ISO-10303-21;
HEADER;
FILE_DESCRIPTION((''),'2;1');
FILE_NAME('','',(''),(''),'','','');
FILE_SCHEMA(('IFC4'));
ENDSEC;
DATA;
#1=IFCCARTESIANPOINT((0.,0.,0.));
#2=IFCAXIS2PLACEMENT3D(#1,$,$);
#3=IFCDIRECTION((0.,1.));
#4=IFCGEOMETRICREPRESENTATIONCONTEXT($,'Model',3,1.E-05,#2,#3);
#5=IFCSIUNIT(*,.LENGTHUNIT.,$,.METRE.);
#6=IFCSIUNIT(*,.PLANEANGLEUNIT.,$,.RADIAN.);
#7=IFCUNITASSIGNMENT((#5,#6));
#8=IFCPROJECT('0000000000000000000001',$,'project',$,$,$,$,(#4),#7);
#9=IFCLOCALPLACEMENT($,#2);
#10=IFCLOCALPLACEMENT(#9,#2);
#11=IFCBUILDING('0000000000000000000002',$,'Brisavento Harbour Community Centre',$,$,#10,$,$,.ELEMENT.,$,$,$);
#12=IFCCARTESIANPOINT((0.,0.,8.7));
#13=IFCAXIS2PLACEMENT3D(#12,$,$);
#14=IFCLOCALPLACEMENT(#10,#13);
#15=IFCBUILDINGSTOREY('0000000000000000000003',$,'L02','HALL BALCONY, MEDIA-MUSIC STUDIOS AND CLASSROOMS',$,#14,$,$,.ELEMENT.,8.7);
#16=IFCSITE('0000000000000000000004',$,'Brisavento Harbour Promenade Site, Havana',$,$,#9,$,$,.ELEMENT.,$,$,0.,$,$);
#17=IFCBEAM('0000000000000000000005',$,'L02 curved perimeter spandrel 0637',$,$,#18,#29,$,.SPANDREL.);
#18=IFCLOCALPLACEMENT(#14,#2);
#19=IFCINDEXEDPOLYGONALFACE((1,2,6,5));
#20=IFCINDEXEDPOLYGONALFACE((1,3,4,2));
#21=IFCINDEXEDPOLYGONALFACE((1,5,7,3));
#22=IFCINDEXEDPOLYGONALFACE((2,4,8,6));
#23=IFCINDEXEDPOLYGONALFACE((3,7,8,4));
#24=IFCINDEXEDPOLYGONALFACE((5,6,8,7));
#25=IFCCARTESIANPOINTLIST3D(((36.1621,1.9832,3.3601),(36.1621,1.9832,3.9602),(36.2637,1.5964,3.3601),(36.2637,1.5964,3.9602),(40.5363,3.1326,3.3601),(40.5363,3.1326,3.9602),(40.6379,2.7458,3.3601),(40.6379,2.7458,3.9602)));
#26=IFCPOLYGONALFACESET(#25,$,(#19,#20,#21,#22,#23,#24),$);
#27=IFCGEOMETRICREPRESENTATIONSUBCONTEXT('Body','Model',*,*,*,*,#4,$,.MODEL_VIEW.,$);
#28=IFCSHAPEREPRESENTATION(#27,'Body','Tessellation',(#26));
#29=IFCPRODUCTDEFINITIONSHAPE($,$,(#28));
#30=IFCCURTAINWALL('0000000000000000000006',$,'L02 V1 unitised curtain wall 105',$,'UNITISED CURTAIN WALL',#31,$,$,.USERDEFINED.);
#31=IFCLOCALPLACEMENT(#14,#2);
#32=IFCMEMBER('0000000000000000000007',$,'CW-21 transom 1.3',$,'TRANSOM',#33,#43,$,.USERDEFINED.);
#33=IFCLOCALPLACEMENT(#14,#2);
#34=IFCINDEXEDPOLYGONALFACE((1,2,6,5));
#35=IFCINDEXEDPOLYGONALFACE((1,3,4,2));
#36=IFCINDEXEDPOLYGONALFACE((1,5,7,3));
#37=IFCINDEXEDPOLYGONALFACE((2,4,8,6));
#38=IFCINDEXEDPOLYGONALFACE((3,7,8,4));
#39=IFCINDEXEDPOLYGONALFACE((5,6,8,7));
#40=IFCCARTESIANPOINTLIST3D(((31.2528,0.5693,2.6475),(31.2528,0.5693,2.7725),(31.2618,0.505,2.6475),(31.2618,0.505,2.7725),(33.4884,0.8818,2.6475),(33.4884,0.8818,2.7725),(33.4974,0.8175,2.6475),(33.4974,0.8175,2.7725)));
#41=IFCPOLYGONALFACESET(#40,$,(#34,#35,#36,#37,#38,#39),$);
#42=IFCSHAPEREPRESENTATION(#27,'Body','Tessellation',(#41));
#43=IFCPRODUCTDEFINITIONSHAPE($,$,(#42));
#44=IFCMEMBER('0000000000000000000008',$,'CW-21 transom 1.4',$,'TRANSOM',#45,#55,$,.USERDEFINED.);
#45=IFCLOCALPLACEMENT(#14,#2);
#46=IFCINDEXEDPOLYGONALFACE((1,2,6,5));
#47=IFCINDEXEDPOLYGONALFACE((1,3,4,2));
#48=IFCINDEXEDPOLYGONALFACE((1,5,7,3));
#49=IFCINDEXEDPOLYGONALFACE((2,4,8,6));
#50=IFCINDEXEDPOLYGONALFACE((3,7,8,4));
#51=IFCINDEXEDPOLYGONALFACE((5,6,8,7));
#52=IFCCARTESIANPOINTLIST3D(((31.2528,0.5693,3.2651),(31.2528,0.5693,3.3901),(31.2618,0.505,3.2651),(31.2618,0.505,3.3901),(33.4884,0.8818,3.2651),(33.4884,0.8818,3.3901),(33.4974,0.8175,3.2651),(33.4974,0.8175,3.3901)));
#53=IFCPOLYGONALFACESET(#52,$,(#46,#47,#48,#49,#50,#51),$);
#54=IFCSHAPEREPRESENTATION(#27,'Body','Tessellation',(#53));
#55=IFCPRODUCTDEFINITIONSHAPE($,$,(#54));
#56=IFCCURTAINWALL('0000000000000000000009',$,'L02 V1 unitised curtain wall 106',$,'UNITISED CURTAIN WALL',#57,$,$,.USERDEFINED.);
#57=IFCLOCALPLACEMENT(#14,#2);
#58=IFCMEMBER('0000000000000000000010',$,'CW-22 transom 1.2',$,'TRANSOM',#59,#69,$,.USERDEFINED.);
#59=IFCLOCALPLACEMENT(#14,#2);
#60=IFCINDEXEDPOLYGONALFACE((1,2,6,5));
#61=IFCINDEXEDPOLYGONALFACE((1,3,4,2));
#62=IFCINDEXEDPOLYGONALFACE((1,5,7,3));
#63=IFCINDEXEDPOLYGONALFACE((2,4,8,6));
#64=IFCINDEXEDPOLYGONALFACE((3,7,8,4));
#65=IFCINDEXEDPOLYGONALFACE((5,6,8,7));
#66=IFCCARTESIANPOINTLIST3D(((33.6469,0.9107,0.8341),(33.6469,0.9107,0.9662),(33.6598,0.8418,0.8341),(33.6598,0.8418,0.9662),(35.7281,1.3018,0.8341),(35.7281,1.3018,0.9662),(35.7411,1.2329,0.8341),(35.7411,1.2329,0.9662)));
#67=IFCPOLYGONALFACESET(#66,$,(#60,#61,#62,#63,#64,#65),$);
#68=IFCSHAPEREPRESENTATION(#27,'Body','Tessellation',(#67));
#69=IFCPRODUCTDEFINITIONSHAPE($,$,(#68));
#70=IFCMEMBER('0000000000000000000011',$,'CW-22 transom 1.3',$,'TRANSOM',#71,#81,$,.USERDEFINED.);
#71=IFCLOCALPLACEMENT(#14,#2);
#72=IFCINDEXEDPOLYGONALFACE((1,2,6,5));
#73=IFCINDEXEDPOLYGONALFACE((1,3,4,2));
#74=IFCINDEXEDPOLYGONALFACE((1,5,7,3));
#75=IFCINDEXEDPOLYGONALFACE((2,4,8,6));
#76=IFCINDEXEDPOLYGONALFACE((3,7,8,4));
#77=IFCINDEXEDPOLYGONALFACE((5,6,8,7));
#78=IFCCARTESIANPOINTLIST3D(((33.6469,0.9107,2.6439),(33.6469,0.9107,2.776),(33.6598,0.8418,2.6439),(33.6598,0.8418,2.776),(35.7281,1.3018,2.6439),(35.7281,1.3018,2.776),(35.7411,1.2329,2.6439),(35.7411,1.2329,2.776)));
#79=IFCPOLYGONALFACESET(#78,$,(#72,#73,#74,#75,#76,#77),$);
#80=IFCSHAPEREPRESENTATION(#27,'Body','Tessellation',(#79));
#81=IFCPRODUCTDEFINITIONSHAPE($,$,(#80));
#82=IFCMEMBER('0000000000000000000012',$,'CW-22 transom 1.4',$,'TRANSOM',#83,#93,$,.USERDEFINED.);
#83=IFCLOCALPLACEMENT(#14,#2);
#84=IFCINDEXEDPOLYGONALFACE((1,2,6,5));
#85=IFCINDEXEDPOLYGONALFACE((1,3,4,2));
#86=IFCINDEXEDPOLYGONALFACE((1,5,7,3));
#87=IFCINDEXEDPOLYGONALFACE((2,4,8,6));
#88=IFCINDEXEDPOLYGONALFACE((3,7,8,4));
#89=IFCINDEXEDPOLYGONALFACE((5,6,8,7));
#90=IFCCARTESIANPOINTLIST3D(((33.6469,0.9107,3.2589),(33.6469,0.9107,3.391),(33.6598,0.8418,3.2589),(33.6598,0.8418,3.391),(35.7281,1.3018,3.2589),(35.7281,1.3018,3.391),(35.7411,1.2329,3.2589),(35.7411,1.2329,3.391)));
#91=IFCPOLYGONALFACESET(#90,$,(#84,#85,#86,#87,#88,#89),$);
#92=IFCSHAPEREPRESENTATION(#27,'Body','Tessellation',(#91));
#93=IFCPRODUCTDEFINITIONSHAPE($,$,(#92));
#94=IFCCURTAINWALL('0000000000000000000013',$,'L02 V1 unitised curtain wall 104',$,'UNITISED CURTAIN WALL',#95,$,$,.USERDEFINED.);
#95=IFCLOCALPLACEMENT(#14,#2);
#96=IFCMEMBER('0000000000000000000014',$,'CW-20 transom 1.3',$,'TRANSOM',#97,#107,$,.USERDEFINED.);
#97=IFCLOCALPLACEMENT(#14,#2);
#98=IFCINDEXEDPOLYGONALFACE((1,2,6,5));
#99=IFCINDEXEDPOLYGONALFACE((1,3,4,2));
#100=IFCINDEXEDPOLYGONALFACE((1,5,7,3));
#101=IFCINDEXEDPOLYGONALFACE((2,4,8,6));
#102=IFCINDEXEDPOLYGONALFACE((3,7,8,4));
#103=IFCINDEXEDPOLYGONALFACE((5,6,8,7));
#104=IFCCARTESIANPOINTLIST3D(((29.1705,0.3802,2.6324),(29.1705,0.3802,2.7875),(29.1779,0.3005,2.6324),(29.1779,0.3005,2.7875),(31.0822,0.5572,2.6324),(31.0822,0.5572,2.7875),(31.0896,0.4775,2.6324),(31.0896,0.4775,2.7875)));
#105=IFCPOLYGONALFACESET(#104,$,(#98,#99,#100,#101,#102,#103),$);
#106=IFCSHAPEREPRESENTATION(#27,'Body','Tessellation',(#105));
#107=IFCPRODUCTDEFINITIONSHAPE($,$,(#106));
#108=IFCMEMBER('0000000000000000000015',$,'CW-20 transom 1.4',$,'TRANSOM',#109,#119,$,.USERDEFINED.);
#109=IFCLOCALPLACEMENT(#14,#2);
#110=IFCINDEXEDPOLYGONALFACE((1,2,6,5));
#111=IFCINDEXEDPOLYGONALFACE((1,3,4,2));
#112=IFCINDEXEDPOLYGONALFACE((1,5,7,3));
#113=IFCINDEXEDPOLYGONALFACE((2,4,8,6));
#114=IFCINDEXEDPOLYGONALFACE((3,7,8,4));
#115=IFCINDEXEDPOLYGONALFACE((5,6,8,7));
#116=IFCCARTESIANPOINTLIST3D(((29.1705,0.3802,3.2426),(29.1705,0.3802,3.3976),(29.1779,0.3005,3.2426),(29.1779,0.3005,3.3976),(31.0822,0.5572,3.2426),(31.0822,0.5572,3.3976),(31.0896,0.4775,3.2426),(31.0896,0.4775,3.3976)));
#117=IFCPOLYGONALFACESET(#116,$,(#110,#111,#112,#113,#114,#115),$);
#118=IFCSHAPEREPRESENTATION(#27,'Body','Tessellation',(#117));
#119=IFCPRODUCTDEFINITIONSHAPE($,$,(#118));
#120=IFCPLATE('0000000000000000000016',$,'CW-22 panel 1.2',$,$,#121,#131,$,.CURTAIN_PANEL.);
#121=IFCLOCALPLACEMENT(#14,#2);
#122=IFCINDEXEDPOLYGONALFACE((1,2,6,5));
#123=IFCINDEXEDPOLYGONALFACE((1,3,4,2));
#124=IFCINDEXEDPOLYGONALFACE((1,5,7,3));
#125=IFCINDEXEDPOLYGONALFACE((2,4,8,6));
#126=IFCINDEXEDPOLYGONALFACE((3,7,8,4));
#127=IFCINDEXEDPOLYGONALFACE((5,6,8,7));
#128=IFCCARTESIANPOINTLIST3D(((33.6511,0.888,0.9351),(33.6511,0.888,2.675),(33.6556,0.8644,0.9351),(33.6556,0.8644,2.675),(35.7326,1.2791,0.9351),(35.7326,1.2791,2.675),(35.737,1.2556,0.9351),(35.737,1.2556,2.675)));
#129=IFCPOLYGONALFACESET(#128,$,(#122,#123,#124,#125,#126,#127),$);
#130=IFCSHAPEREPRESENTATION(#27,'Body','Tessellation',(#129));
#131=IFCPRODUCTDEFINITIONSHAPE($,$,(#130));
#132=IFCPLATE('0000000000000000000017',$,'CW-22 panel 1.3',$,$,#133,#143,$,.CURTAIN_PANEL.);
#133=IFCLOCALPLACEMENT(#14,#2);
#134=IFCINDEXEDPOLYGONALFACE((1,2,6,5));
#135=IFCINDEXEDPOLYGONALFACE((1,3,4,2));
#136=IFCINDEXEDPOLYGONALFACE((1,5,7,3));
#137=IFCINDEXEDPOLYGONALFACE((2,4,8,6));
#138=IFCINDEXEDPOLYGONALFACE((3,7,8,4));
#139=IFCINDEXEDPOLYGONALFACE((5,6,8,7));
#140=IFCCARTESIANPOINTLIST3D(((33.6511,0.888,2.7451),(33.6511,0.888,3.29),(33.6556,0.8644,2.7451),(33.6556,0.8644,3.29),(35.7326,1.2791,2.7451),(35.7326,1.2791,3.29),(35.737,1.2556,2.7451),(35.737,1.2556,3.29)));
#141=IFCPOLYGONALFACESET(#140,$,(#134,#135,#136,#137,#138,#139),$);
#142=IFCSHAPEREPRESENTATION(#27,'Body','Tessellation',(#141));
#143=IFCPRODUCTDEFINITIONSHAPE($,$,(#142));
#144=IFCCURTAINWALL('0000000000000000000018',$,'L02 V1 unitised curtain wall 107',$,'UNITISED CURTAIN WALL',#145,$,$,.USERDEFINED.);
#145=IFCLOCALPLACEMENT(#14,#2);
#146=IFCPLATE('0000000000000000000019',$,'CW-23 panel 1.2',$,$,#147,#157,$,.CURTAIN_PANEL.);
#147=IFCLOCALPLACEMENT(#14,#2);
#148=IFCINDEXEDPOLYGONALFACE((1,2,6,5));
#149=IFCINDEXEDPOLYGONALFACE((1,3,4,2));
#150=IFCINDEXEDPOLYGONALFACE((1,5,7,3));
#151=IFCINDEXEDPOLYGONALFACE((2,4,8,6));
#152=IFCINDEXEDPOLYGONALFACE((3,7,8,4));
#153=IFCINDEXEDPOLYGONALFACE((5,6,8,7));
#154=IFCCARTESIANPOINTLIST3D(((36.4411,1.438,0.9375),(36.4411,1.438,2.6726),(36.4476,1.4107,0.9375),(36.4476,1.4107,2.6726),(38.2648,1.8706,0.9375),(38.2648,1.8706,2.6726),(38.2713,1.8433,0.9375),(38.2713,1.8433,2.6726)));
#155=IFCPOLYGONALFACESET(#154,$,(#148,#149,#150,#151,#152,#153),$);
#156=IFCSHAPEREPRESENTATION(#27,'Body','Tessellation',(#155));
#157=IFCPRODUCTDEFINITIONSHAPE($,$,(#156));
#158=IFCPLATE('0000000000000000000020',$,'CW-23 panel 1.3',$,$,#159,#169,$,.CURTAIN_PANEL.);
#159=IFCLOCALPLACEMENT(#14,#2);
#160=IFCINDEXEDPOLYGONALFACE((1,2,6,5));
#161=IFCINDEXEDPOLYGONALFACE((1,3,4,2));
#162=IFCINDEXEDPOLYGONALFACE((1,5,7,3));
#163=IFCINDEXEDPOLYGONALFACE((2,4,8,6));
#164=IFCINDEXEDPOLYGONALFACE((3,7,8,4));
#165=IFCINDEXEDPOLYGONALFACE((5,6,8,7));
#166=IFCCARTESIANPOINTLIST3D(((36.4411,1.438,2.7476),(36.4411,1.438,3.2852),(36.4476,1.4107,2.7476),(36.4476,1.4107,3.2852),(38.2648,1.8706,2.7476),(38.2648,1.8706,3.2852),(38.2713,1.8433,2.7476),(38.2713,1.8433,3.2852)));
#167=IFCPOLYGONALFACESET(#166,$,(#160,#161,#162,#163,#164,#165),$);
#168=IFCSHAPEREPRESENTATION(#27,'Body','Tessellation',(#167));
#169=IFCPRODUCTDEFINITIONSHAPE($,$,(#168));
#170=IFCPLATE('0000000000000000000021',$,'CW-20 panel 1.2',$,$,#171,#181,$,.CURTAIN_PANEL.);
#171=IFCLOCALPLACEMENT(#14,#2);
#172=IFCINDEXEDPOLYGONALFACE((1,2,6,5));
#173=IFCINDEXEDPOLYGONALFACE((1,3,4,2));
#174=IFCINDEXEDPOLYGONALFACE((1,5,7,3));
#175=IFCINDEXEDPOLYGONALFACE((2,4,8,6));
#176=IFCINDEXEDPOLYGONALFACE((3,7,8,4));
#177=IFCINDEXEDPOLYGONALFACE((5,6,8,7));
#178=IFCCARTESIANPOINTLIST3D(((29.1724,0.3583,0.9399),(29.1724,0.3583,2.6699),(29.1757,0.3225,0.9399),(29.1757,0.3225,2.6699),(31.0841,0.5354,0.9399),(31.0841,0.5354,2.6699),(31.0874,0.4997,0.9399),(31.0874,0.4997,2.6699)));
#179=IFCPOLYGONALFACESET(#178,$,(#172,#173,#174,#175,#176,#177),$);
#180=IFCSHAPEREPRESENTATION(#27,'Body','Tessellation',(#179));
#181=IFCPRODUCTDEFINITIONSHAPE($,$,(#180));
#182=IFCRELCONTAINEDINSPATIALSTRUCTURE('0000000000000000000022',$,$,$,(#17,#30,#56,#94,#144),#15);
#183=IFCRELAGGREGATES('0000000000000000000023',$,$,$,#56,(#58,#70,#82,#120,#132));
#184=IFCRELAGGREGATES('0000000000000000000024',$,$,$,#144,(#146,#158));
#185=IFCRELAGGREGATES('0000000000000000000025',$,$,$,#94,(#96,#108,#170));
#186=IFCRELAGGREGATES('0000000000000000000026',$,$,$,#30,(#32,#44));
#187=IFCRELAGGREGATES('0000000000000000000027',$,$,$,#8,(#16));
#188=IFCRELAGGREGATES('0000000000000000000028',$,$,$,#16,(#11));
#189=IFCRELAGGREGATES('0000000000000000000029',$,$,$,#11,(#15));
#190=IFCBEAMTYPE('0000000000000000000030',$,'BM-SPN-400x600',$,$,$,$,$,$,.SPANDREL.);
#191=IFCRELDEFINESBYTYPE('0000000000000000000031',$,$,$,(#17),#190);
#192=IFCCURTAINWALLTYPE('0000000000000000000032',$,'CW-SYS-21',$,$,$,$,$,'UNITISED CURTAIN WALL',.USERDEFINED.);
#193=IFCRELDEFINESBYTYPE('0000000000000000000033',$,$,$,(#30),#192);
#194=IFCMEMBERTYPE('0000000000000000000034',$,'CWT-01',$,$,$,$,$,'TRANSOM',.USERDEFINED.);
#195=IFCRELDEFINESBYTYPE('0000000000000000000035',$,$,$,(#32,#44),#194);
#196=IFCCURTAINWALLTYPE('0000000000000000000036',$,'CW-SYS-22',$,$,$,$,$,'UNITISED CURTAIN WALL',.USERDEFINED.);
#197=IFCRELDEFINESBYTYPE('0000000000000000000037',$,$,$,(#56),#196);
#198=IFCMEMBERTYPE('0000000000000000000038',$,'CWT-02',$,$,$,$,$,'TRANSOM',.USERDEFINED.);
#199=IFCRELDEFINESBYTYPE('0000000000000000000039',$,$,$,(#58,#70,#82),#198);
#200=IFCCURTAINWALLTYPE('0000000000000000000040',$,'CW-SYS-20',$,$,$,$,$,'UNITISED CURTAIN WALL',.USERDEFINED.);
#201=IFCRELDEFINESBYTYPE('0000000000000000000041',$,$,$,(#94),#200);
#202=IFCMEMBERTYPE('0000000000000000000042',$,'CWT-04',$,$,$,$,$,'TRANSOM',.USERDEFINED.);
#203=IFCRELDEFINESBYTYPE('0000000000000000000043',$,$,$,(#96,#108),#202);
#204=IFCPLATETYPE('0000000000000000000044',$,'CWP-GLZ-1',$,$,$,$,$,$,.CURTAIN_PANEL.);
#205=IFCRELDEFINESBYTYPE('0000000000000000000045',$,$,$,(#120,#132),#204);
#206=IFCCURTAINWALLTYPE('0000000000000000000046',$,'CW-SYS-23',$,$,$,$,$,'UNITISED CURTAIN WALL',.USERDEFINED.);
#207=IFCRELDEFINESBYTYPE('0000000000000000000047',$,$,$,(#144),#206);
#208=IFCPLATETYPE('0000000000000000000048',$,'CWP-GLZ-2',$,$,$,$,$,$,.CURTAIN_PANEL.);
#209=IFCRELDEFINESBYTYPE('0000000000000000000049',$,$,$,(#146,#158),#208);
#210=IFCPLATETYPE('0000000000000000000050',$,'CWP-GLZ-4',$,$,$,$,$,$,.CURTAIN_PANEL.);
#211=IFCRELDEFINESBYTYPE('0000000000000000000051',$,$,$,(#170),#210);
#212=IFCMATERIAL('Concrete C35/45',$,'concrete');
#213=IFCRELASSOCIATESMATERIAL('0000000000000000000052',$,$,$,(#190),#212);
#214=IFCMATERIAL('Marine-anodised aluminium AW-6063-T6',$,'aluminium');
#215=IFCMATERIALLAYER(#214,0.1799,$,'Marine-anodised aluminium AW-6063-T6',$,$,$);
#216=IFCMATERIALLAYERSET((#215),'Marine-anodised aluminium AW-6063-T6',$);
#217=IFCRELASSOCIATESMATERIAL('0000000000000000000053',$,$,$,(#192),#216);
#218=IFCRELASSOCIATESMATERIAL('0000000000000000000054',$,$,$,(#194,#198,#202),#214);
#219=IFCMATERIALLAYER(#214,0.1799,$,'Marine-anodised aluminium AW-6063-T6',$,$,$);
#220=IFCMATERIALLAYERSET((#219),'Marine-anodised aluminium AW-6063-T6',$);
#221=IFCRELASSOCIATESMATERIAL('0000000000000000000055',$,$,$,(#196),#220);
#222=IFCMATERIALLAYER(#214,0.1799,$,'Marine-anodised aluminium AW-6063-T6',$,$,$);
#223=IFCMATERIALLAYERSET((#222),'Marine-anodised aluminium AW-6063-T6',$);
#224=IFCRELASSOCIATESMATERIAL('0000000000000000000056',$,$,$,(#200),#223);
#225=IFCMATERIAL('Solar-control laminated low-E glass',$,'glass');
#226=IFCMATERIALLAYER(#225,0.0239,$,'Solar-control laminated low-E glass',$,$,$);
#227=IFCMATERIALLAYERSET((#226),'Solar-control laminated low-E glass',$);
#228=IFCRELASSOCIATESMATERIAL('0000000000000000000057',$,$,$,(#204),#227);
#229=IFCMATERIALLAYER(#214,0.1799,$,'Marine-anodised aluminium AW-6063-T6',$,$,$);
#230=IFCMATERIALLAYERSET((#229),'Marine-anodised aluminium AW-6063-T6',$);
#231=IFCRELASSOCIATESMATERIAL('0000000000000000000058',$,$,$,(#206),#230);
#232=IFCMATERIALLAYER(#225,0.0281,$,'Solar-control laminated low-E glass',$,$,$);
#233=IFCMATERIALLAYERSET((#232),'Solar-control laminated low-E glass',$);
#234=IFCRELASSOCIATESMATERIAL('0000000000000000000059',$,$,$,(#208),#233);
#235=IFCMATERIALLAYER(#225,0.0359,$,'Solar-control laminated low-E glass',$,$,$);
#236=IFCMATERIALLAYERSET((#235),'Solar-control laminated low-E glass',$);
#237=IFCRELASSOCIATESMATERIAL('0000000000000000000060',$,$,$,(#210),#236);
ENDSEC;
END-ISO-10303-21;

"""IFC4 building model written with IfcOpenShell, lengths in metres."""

from ifc_helpers import new_model, si_unit, direction, frame, origin, origin_2d, place, context, subcontext, project, spatial, rectangle, extrude, material, layer, layer_set, material_profile, profile_set, type_object, element, aggregate, save


model = new_model("IFC4")

# Units and contexts
model_context = context("Model", 3, precision=1e-05, world=origin(), true_north=direction((0.0, 1.0)))
body_context = subcontext(model_context, "Body", "Model", "MODEL_VIEW")
ifc_project = project(units=[si_unit("LENGTHUNIT", "METRE"), si_unit("PLANEANGLEUNIT", "RADIAN")], contexts=[model_context])

# Site, building, storey
site_placement = place(None, origin())
site = spatial("IfcSite", under=ifc_project, at=site_placement, Name="Brisavento Harbour Promenade Site, Havana", CompositionType="ELEMENT", RefElevation=0.0)
building_placement = place(site_placement, origin())
building = spatial("IfcBuilding", under=site, at=building_placement, Name="Brisavento Harbour Community Centre", CompositionType="ELEMENT")
storey_placement = place(building_placement, frame((0.0, 0.0, 8.7)))
storey = spatial("IfcBuildingStorey", under=building, at=storey_placement, Name="L02", Description="HALL BALCONY, MEDIA-MUSIC STUDIOS AND CLASSROOMS", CompositionType="ELEMENT", Elevation=8.7)

# Beam
ifc_material_1 = material(Name="Concrete C35/45", Category="concrete")
ifc_material_profile_1 = material_profile(ifc_material_1, rectangle(XDim=0.3999, YDim=0.6001, at=origin_2d()), Name="Concrete C35/45")
ifc_profile_set_1 = profile_set([ifc_material_profile_1], Name="Concrete C35/45")
beam_type = type_object("IfcBeamType", Name="BM-SPN-400x600", PredefinedType="SPANDREL", material=ifc_profile_set_1)
beam_placement = place(storey_placement, frame((36.2129, 1.7898, 3.6602), z_axis=(0.967167, 0.25414, 0.0), x_axis=(-0.25414, 0.967167, 0.0)))
element("IfcBeam", 1, at=beam_placement, inside=storey, type_object=beam_type, Name="L02 curved perimeter spandrel 0637", PredefinedType="SPANDREL", context=body_context, shape_type="SweptSolid", body=[
    extrude(rectangle(XDim=0.3999, YDim=0.6001, at=origin_2d()), origin(), (0.0, 0.0, 1.0), 4.5227),
])

# Curtain walls, members
ifc_material_2 = material(Name="Marine-anodised aluminium AW-6063-T6", Category="aluminium")
ifc_layer_1 = layer(ifc_material_2, 0.1799, Name="Marine-anodised aluminium AW-6063-T6")
ifc_layer_set_1 = layer_set([ifc_layer_1], Name="Marine-anodised aluminium AW-6063-T6")
curtain_wall_type_1 = type_object("IfcCurtainWallType", Name="CW-SYS-21", ElementType="UNITISED CURTAIN WALL", PredefinedType="USERDEFINED", material=ifc_layer_set_1)
curtain_wall_1_placement = place(storey_placement, origin())
curtain_wall_1 = element("IfcCurtainWall", 2, at=curtain_wall_1_placement, inside=storey, type_object=curtain_wall_type_1, Name="L02 V1 unitised curtain wall 105", ObjectType="UNITISED CURTAIN WALL", PredefinedType="USERDEFINED")
ifc_material_profile_2 = material_profile(ifc_material_2, rectangle(XDim=0.0649, YDim=0.125, at=origin_2d()), Name="Marine-anodised aluminium AW-6063-T6")
ifc_profile_set_2 = profile_set([ifc_material_profile_2], Name="Marine-anodised aluminium AW-6063-T6")
member_type_1 = type_object("IfcMemberType", Name="CWT-01", ElementType="TRANSOM", PredefinedType="USERDEFINED", material=ifc_profile_set_2)
member_1_placement = place(storey_placement, frame((33.4929, 0.8496, 2.71), z_axis=(-0.990371, -0.138438, 0.0), x_axis=(0.138438, -0.990371, 0.0)))
member_1 = element("IfcMember", 3, at=member_1_placement, type_object=member_type_1, Name="CW-21 transom 1.3", ObjectType="TRANSOM", PredefinedType="USERDEFINED", context=body_context, shape_type="SweptSolid", body=[
    extrude(rectangle(XDim=0.0649, YDim=0.125, at=origin_2d()), origin(), (0.0, 0.0, 1.0), 2.2573),
])
member_2_placement = place(storey_placement, frame((33.4929, 0.8496, 3.3276), z_axis=(-0.990371, -0.138438, 0.0), x_axis=(0.138438, -0.990371, 0.0)))
member_2 = element("IfcMember", 4, at=member_2_placement, type_object=member_type_1, Name="CW-21 transom 1.4", ObjectType="TRANSOM", PredefinedType="USERDEFINED", context=body_context, shape_type="SweptSolid", body=[
    extrude(rectangle(XDim=0.0649, YDim=0.125, at=origin_2d()), origin(), (0.0, 0.0, 1.0), 2.2573),
])
ifc_layer_2 = layer(ifc_material_2, 0.1799, Name="Marine-anodised aluminium AW-6063-T6")
ifc_layer_set_2 = layer_set([ifc_layer_2], Name="Marine-anodised aluminium AW-6063-T6")
curtain_wall_type_2 = type_object("IfcCurtainWallType", Name="CW-SYS-22", ElementType="UNITISED CURTAIN WALL", PredefinedType="USERDEFINED", material=ifc_layer_set_2)
curtain_wall_2_placement = place(storey_placement, origin())
curtain_wall_2 = element("IfcCurtainWall", 5, at=curtain_wall_2_placement, inside=storey, type_object=curtain_wall_type_2, Name="L02 V1 unitised curtain wall 106", ObjectType="UNITISED CURTAIN WALL", PredefinedType="USERDEFINED")
ifc_material_profile_3 = material_profile(ifc_material_2, rectangle(XDim=0.0701, YDim=0.1321, at=origin_2d()), Name="Marine-anodised aluminium AW-6063-T6")
ifc_profile_set_3 = profile_set([ifc_material_profile_3], Name="Marine-anodised aluminium AW-6063-T6")
member_type_2 = type_object("IfcMemberType", Name="CWT-02", ElementType="TRANSOM", PredefinedType="USERDEFINED", material=ifc_profile_set_3)
member_3_placement = place(storey_placement, frame((35.7346, 1.2673, 0.9001), z_axis=(-0.982798, -0.184685, 0.0), x_axis=(0.184685, -0.982798, 0.0)))
member_3 = element("IfcMember", 6, at=member_3_placement, type_object=member_type_2, Name="CW-22 transom 1.2", ObjectType="TRANSOM", PredefinedType="USERDEFINED", context=body_context, shape_type="SweptSolid", body=[
    extrude(rectangle(XDim=0.0701, YDim=0.1321, at=origin_2d()), origin(), (0.0, 0.0, 1.0), 2.1177),
])
member_4_placement = place(storey_placement, frame((35.7346, 1.2673, 2.71), z_axis=(-0.982798, -0.184685, 0.0), x_axis=(0.184685, -0.982798, 0.0)))
member_4 = element("IfcMember", 7, at=member_4_placement, type_object=member_type_2, Name="CW-22 transom 1.3", ObjectType="TRANSOM", PredefinedType="USERDEFINED", context=body_context, shape_type="SweptSolid", body=[
    extrude(rectangle(XDim=0.0701, YDim=0.1321, at=origin_2d()), origin(), (0.0, 0.0, 1.0), 2.1177),
])
member_5_placement = place(storey_placement, frame((35.7346, 1.2673, 3.325), z_axis=(-0.982798, -0.184685, 0.0), x_axis=(0.184685, -0.982798, 0.0)))
member_5 = element("IfcMember", 8, at=member_5_placement, type_object=member_type_2, Name="CW-22 transom 1.4", ObjectType="TRANSOM", PredefinedType="USERDEFINED", context=body_context, shape_type="SweptSolid", body=[
    extrude(rectangle(XDim=0.0701, YDim=0.1321, at=origin_2d()), origin(), (0.0, 0.0, 1.0), 2.1177),
])
ifc_layer_3 = layer(ifc_material_2, 0.1799, Name="Marine-anodised aluminium AW-6063-T6")
ifc_layer_set_3 = layer_set([ifc_layer_3], Name="Marine-anodised aluminium AW-6063-T6")
curtain_wall_type_3 = type_object("IfcCurtainWallType", Name="CW-SYS-20", ElementType="UNITISED CURTAIN WALL", PredefinedType="USERDEFINED", material=ifc_layer_set_3)
curtain_wall_3_placement = place(storey_placement, origin())
curtain_wall_3 = element("IfcCurtainWall", 9, at=curtain_wall_3_placement, inside=storey, type_object=curtain_wall_type_3, Name="L02 V1 unitised curtain wall 104", ObjectType="UNITISED CURTAIN WALL", PredefinedType="USERDEFINED")
ifc_material_profile_4 = material_profile(ifc_material_2, rectangle(XDim=0.0801, YDim=0.155, at=origin_2d()), Name="Marine-anodised aluminium AW-6063-T6")
ifc_profile_set_4 = profile_set([ifc_material_profile_4], Name="Marine-anodised aluminium AW-6063-T6")
member_type_3 = type_object("IfcMemberType", Name="CWT-04", ElementType="TRANSOM", PredefinedType="USERDEFINED", material=ifc_profile_set_4)
member_6_placement = place(storey_placement, frame((31.0859, 0.5173, 2.71), z_axis=(-0.995742, -0.092187, 0.0), x_axis=(0.092187, -0.995742, 0.0)))
member_6 = element("IfcMember", 10, at=member_6_placement, type_object=member_type_3, Name="CW-20 transom 1.3", ObjectType="TRANSOM", PredefinedType="USERDEFINED", context=body_context, shape_type="SweptSolid", body=[
    extrude(rectangle(XDim=0.0801, YDim=0.155, at=origin_2d()), origin(), (0.0, 0.0, 1.0), 1.9199),
])
member_7_placement = place(storey_placement, frame((31.0859, 0.5173, 3.3201), z_axis=(-0.995742, -0.092187, 0.0), x_axis=(0.092187, -0.995742, 0.0)))
member_7 = element("IfcMember", 11, at=member_7_placement, type_object=member_type_3, Name="CW-20 transom 1.4", ObjectType="TRANSOM", PredefinedType="USERDEFINED", context=body_context, shape_type="SweptSolid", body=[
    extrude(rectangle(XDim=0.0801, YDim=0.155, at=origin_2d()), origin(), (0.0, 0.0, 1.0), 1.9199),
])

# Plates
ifc_material_3 = material(Name="Solar-control laminated low-E glass", Category="glass")
ifc_layer_4 = layer(ifc_material_3, 0.0239, Name="Solar-control laminated low-E glass")
ifc_layer_set_4 = layer_set([ifc_layer_4], Name="Solar-control laminated low-E glass")
plate_type_1 = type_object("IfcPlateType", Name="CWP-GLZ-1", PredefinedType="CURTAIN_PANEL", material=ifc_layer_set_4)
plate_1_placement = place(storey_placement, frame((34.6941, 1.0718, 0.9351), z_axis=(0.0, 0.0, 1.0), x_axis=(-0.982797, -0.18469, 0.0)))
plate_1 = element("IfcPlate", 12, at=plate_1_placement, type_object=plate_type_1, Name="CW-22 panel 1.2", PredefinedType="CURTAIN_PANEL", context=body_context, shape_type="SweptSolid", body=[
    extrude(rectangle(XDim=2.1179, YDim=0.0239, at=origin_2d()), origin(), (0.0, 0.0, 1.0), 1.74),
])
plate_2_placement = place(storey_placement, frame((34.6941, 1.0718, 2.7451), z_axis=(0.0, 0.0, 1.0), x_axis=(-0.982797, -0.18469, 0.0)))
plate_2 = element("IfcPlate", 13, at=plate_2_placement, type_object=plate_type_1, Name="CW-22 panel 1.3", PredefinedType="CURTAIN_PANEL", context=body_context, shape_type="SweptSolid", body=[
    extrude(rectangle(XDim=2.1179, YDim=0.0239, at=origin_2d()), origin(), (0.0, 0.0, 1.0), 0.5449),
])
aggregate(curtain_wall_2, [member_3, member_4, member_5, plate_1, plate_2])

# Curtain wall, plates
ifc_layer_5 = layer(ifc_material_2, 0.1799, Name="Marine-anodised aluminium AW-6063-T6")
ifc_layer_set_5 = layer_set([ifc_layer_5], Name="Marine-anodised aluminium AW-6063-T6")
curtain_wall_type_4 = type_object("IfcCurtainWallType", Name="CW-SYS-23", ElementType="UNITISED CURTAIN WALL", PredefinedType="USERDEFINED", material=ifc_layer_set_5)
curtain_wall_4_placement = place(storey_placement, origin())
curtain_wall_4 = element("IfcCurtainWall", 14, at=curtain_wall_4_placement, inside=storey, type_object=curtain_wall_type_4, Name="L02 V1 unitised curtain wall 107", ObjectType="UNITISED CURTAIN WALL", PredefinedType="USERDEFINED")
ifc_layer_6 = layer(ifc_material_3, 0.0281, Name="Solar-control laminated low-E glass")
ifc_layer_set_6 = layer_set([ifc_layer_6], Name="Solar-control laminated low-E glass")
plate_type_2 = type_object("IfcPlateType", Name="CWP-GLZ-2", PredefinedType="CURTAIN_PANEL", material=ifc_layer_set_6)
plate_3_placement = place(storey_placement, frame((37.3562, 1.6406, 0.9375), z_axis=(0.0, 0.0, 1.0), x_axis=(-0.972998, -0.230812, 0.0)))
plate_3 = element("IfcPlate", 15, at=plate_3_placement, type_object=plate_type_2, Name="CW-23 panel 1.2", PredefinedType="CURTAIN_PANEL", context=body_context, shape_type="SweptSolid", body=[
    extrude(rectangle(XDim=1.8743, YDim=0.0281, at=origin_2d()), origin(), (0.0, 0.0, 1.0), 1.7351),
])
plate_4_placement = place(storey_placement, frame((37.3562, 1.6406, 2.7476), z_axis=(0.0, 0.0, 1.0), x_axis=(-0.972998, -0.230812, 0.0)))
plate_4 = element("IfcPlate", 16, at=plate_4_placement, type_object=plate_type_2, Name="CW-23 panel 1.3", PredefinedType="CURTAIN_PANEL", context=body_context, shape_type="SweptSolid", body=[
    extrude(rectangle(XDim=1.8743, YDim=0.0281, at=origin_2d()), origin(), (0.0, 0.0, 1.0), 0.5376),
])
aggregate(curtain_wall_4, [plate_3, plate_4])

# Plate
ifc_layer_7 = layer(ifc_material_3, 0.0359, Name="Solar-control laminated low-E glass")
ifc_layer_set_7 = layer_set([ifc_layer_7], Name="Solar-control laminated low-E glass")
plate_type_3 = type_object("IfcPlateType", Name="CWP-GLZ-4", PredefinedType="CURTAIN_PANEL", material=ifc_layer_set_7)
plate_5_placement = place(storey_placement, frame((30.1299, 0.429, 0.9399), z_axis=(0.0, 0.0, 1.0), x_axis=(-0.995735, -0.092261, 0.0)))
plate_5 = element("IfcPlate", 17, at=plate_5_placement, type_object=plate_type_3, Name="CW-20 panel 1.2", PredefinedType="CURTAIN_PANEL", context=body_context, shape_type="SweptSolid", body=[
    extrude(rectangle(XDim=1.9199, YDim=0.0359, at=origin_2d()), origin(), (0.0, 0.0, 1.0), 1.73),
])
aggregate(curtain_wall_3, [member_6, member_7, plate_5])
aggregate(curtain_wall_1, [member_1, member_2])

save(model, "model.ifc")
